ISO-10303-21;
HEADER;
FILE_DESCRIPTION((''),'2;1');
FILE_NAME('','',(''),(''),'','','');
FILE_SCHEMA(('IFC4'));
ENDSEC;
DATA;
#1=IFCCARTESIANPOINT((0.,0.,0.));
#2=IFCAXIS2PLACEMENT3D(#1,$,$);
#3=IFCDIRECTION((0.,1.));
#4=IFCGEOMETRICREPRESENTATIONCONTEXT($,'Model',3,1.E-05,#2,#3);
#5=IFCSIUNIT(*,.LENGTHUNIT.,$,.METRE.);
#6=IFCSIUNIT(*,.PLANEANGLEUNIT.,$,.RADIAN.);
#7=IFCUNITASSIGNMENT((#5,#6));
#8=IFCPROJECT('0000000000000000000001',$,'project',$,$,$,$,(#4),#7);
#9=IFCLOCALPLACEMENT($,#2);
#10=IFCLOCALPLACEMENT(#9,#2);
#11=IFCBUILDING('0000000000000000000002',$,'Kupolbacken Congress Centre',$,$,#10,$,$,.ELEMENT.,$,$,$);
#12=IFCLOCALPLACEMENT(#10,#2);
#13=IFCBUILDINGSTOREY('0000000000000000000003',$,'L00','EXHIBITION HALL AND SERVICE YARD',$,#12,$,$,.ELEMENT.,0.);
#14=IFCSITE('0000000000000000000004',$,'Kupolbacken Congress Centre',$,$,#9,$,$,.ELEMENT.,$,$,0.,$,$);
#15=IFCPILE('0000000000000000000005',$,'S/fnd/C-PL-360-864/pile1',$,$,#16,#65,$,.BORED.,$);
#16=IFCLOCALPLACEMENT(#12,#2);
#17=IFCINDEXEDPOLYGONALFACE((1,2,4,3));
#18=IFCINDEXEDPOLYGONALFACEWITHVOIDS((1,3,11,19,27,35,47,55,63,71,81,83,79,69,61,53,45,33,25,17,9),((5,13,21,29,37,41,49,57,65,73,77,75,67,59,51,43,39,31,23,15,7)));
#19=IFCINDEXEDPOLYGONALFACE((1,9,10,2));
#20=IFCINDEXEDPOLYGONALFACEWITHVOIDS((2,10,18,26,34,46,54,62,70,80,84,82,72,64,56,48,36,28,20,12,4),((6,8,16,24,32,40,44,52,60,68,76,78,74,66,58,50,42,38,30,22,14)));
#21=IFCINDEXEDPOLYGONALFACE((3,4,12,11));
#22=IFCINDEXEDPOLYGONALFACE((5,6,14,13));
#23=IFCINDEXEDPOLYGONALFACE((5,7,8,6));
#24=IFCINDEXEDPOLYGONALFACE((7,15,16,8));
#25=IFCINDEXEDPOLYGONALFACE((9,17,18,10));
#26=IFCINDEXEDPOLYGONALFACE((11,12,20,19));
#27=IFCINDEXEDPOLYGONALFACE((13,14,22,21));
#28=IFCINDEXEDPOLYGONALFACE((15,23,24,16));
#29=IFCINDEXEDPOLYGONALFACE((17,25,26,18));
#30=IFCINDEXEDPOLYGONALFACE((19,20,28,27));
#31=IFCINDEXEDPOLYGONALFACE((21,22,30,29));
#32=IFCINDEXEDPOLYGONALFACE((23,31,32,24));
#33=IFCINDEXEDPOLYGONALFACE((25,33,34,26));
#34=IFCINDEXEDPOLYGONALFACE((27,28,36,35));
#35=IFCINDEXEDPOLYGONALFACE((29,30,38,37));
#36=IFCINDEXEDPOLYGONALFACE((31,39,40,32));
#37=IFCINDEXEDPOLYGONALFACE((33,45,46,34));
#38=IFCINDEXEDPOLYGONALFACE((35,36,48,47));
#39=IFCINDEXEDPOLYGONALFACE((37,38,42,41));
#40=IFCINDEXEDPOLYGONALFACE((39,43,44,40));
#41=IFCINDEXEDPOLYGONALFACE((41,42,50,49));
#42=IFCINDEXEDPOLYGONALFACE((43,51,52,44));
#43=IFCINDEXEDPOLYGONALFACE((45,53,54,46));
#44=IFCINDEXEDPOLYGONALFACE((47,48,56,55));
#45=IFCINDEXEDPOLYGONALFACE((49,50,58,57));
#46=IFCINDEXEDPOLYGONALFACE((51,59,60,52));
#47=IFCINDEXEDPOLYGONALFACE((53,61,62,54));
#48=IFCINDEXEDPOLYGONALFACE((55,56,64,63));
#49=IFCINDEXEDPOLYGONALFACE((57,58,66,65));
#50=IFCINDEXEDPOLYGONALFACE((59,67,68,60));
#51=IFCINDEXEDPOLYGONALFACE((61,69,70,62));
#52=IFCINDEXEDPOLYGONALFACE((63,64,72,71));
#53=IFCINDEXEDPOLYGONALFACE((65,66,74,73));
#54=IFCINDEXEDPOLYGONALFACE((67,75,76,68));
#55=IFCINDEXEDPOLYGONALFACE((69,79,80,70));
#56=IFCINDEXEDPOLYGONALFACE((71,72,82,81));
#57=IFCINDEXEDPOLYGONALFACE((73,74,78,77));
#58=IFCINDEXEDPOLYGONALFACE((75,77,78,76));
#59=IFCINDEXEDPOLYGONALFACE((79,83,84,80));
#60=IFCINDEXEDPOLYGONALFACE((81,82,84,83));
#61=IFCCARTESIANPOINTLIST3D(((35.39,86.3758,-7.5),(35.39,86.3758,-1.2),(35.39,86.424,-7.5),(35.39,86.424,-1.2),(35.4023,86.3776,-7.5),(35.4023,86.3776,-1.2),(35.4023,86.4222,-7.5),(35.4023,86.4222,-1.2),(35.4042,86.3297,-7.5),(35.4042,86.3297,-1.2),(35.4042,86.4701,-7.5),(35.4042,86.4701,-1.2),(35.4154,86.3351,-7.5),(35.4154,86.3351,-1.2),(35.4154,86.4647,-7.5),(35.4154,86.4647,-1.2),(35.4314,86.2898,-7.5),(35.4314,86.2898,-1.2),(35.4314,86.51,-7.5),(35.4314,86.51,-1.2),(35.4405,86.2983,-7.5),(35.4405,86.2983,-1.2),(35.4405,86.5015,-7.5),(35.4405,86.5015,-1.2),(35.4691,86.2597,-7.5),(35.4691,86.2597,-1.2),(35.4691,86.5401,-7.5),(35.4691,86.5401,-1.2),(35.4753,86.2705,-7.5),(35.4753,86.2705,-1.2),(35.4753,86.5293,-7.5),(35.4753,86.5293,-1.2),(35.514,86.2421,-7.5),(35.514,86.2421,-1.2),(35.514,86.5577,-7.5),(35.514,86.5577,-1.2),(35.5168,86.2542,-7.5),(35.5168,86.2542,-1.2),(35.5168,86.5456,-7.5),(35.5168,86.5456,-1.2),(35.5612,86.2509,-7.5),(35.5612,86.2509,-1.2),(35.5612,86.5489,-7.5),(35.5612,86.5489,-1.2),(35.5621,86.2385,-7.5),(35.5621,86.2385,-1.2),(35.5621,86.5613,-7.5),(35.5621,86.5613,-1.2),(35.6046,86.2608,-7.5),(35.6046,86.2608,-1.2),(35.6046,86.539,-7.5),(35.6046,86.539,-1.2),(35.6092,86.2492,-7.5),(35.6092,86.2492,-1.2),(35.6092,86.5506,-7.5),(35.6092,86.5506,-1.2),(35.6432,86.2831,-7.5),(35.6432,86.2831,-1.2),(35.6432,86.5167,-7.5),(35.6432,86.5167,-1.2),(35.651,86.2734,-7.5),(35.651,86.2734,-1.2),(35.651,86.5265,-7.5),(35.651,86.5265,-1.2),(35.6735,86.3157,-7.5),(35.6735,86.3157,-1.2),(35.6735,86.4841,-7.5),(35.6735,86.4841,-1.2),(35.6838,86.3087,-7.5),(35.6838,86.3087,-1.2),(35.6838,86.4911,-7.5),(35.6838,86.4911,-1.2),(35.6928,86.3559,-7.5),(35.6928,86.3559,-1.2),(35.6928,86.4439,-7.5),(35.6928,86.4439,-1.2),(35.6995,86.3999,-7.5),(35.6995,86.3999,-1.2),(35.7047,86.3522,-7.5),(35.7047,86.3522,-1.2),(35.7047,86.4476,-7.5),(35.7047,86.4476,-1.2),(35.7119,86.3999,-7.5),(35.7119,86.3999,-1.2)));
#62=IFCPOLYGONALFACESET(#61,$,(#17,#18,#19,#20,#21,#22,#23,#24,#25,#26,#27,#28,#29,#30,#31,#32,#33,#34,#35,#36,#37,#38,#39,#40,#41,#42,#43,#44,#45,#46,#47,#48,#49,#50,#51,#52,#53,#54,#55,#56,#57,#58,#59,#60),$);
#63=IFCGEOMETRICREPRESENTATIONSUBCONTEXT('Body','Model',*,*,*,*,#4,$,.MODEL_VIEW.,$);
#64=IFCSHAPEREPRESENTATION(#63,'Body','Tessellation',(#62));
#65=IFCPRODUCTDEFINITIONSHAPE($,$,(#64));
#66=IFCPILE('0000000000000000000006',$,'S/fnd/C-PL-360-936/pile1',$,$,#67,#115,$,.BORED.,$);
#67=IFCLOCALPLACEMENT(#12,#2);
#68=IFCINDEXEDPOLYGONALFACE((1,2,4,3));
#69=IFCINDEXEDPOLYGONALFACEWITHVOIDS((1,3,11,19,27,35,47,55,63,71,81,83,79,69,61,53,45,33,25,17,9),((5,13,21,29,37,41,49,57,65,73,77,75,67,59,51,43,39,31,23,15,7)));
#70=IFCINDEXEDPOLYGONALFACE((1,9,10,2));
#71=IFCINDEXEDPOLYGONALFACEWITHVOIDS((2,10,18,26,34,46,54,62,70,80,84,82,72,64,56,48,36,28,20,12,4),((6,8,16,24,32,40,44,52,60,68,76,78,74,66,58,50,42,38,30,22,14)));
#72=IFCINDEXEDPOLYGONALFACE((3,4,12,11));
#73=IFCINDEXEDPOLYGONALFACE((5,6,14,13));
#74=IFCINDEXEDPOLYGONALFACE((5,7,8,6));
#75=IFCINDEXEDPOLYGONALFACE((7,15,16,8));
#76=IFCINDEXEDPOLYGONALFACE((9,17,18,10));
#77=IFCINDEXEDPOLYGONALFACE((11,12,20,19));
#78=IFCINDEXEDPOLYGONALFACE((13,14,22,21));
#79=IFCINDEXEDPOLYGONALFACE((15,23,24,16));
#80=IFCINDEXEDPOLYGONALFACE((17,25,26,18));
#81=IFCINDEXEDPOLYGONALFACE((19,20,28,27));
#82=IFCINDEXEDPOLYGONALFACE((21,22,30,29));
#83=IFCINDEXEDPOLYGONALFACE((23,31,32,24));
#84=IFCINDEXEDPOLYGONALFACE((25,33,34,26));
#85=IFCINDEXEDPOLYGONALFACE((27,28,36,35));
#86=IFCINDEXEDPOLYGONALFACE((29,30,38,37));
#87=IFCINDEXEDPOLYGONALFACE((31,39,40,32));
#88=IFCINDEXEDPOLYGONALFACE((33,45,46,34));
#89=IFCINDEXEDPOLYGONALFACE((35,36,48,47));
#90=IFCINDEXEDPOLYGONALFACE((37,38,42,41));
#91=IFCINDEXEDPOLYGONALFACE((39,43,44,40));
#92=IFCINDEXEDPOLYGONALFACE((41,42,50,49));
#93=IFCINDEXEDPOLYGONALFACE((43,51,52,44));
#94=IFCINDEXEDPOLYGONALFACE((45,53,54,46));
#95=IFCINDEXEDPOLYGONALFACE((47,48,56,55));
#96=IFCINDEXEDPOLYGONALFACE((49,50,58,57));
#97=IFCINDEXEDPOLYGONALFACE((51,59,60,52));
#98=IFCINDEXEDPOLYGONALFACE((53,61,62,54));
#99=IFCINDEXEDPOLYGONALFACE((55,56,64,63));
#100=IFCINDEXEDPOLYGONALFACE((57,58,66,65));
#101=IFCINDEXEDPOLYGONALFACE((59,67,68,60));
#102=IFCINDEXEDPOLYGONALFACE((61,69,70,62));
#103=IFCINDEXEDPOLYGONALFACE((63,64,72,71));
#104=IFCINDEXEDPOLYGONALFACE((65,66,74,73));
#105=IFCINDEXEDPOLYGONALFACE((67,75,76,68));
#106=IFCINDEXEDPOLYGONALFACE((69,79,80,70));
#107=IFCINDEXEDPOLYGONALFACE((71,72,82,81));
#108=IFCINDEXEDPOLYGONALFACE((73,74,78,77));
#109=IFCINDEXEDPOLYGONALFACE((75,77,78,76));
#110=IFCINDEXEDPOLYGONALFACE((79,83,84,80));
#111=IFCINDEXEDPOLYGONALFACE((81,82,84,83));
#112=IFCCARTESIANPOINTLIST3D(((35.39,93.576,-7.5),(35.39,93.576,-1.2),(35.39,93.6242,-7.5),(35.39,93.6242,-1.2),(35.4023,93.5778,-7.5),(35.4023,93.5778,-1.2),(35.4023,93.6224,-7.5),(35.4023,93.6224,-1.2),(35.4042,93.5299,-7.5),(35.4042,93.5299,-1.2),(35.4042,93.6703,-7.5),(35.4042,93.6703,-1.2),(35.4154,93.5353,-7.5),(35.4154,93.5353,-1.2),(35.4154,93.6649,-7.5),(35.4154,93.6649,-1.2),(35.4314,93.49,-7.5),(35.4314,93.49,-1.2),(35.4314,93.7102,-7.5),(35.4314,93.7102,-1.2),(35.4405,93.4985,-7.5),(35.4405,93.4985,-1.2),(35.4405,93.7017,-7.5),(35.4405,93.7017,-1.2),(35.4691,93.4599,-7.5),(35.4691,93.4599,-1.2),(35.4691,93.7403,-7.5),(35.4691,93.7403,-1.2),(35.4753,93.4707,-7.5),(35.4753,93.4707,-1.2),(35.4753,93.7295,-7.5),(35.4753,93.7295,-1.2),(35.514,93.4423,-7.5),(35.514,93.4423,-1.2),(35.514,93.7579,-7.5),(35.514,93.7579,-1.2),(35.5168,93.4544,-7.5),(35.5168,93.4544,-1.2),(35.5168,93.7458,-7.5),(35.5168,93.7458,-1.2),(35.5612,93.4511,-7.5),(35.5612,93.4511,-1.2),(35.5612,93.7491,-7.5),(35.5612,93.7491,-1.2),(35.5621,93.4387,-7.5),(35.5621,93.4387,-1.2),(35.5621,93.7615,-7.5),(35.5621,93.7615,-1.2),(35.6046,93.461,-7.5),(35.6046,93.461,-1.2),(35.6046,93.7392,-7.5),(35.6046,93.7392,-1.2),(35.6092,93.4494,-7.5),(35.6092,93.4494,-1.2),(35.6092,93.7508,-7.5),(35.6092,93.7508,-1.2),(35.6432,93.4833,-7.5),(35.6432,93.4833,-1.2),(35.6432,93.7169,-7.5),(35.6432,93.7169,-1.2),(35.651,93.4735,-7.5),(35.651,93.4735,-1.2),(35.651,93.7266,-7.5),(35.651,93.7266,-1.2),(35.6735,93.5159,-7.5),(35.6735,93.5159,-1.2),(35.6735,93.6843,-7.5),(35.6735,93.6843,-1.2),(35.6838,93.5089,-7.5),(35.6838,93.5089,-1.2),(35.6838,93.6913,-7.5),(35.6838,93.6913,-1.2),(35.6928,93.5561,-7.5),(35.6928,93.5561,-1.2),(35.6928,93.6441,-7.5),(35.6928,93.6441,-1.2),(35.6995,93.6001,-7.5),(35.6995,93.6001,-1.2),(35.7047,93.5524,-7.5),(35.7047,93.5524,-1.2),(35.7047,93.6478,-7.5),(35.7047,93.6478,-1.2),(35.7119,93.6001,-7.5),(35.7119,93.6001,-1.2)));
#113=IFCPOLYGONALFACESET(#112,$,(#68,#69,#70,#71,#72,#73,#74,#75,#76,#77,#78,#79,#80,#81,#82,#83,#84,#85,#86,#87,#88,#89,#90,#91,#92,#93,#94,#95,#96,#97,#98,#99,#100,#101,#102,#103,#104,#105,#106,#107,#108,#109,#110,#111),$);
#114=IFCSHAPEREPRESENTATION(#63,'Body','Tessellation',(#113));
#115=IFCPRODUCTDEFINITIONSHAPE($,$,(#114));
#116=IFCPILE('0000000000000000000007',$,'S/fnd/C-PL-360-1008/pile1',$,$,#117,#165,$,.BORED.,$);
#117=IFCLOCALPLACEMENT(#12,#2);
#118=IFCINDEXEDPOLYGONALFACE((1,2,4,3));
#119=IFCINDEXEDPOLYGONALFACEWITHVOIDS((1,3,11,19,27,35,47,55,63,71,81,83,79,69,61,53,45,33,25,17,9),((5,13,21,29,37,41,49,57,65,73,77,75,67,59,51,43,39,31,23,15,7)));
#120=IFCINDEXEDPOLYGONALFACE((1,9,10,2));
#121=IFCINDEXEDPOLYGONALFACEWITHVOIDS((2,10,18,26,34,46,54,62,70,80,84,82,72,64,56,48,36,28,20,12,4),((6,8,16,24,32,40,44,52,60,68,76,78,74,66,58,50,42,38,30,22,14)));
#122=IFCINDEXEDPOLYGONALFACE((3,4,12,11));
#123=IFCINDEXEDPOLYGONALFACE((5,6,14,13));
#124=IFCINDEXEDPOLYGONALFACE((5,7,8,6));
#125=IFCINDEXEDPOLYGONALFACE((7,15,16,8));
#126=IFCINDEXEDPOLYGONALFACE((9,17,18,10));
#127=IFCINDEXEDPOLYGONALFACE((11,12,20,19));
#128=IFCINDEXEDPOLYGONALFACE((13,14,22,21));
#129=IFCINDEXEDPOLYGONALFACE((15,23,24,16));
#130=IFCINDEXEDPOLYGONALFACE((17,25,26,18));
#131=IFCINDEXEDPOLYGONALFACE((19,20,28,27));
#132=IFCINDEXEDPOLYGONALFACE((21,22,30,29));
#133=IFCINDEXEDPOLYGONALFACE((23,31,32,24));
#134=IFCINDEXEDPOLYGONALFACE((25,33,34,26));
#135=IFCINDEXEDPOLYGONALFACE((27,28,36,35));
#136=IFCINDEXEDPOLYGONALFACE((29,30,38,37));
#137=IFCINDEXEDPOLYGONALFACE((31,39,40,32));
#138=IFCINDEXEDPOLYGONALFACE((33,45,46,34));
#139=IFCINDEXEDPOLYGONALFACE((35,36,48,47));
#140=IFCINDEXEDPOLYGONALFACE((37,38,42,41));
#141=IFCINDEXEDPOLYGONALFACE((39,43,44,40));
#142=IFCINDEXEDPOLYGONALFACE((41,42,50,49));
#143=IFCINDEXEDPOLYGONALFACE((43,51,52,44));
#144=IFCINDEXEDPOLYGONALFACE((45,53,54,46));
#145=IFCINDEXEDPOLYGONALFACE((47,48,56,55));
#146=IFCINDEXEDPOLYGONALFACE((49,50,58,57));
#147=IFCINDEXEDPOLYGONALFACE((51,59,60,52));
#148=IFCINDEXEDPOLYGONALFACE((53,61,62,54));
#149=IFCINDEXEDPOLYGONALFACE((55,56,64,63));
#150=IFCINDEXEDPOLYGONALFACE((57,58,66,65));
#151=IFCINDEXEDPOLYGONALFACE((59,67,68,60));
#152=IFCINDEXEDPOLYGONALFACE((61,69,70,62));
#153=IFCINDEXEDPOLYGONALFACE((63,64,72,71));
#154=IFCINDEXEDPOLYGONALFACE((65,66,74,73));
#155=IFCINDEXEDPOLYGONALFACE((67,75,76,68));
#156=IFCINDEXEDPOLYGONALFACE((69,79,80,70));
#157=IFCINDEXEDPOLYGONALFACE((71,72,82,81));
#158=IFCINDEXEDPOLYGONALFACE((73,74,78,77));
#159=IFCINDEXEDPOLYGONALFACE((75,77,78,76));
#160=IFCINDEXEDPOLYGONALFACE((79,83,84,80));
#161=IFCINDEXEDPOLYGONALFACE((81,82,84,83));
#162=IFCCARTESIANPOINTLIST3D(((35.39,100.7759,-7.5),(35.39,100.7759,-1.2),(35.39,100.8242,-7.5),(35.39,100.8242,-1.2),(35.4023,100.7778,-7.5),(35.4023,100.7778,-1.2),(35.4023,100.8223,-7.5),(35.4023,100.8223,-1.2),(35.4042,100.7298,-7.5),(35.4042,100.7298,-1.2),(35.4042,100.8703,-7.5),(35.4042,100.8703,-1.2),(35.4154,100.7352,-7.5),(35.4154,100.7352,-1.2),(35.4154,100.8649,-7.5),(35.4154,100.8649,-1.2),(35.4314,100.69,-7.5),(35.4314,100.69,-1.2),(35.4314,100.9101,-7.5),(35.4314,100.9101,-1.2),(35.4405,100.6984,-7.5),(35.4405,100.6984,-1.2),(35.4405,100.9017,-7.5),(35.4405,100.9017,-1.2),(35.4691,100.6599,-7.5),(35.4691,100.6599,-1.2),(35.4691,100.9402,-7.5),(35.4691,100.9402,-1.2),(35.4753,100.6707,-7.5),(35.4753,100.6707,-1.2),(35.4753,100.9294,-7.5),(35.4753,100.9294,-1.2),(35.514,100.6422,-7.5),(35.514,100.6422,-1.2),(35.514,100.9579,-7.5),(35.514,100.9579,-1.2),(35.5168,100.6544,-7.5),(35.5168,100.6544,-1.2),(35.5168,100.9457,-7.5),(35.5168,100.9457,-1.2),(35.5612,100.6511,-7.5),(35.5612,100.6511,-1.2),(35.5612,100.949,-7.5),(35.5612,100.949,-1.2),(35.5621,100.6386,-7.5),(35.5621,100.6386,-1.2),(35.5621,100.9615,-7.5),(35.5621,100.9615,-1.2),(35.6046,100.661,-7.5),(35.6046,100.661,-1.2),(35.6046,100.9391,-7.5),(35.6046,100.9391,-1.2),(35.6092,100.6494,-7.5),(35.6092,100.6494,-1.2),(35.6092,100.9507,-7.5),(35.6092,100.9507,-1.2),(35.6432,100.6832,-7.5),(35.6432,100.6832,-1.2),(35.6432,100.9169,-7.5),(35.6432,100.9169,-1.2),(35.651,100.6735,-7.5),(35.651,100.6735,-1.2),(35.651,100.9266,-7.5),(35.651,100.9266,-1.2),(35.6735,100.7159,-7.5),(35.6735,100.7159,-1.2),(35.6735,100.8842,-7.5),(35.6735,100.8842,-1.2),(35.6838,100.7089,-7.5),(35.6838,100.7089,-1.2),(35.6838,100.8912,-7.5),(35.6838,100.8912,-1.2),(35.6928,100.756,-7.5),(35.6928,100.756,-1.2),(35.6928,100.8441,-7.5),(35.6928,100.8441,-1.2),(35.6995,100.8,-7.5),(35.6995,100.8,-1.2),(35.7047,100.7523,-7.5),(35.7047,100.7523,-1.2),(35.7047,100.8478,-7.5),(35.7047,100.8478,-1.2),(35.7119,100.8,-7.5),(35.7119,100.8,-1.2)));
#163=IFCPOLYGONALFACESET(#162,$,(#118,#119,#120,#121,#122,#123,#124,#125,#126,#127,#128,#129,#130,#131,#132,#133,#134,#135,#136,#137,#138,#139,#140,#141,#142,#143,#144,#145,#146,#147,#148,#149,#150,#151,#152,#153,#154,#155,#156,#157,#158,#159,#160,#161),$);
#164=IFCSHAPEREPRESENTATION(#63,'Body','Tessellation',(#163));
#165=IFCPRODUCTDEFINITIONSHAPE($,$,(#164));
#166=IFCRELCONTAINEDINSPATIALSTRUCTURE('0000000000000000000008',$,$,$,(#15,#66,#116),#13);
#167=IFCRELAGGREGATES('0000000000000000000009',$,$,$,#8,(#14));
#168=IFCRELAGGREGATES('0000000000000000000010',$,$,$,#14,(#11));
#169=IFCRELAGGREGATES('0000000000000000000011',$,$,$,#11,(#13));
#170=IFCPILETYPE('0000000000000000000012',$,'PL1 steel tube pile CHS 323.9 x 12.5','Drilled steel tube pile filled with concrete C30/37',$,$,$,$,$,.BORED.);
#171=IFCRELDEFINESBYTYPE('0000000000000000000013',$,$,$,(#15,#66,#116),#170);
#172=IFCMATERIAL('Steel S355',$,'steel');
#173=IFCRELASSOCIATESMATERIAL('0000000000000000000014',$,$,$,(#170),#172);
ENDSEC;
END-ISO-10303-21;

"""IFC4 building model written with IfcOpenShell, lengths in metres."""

from ifc_helpers import new_model, si_unit, direction, frame, origin, origin_2d, place, context, subcontext, project, spatial, hollow_circle, extrude, material, material_profile, profile_set, type_object, element, save


model = new_model("IFC4")

# Units and contexts
model_context = context("Model", 3, precision=1e-05, world=origin(), true_north=direction((0.0, 1.0)))
body_context = subcontext(model_context, "Body", "Model", "MODEL_VIEW")
ifc_project = project(units=[si_unit("LENGTHUNIT", "METRE"), si_unit("PLANEANGLEUNIT", "RADIAN")], contexts=[model_context])

# Site, building, storey
site_placement = place(None, origin())
site = spatial("IfcSite", under=ifc_project, at=site_placement, Name="Kupolbacken Congress Centre", CompositionType="ELEMENT", RefElevation=0.0)
building_placement = place(site_placement, origin())
building = spatial("IfcBuilding", under=site, at=building_placement, Name="Kupolbacken Congress Centre", CompositionType="ELEMENT")
storey_placement = place(building_placement, origin())
storey = spatial("IfcBuildingStorey", under=building, at=storey_placement, Name="L00", Description="EXHIBITION HALL AND SERVICE YARD", CompositionType="ELEMENT", Elevation=0.0)

# Piles
ifc_material_1 = material(Name="Steel S355", Category="steel")
ifc_material_profile_1 = material_profile(ifc_material_1, hollow_circle(Radius=0.1619, WallThickness=0.0125, at=origin_2d()), Name="CHS 323.9 x 12.5")
ifc_profile_set_1 = profile_set([ifc_material_profile_1], Name="Steel S355")
pile_type = type_object("IfcPileType", Name="PL1 steel tube pile CHS 323.9 x 12.5", Description="Drilled steel tube pile filled with concrete C30/37", PredefinedType="BORED", material=ifc_profile_set_1)
for number, where, z_axis, x_axis, name in (
    (1, (35.55, 86.3999, -1.2), (0.0, 0.0, -1.0), (1.0, 0.0, 0.0), "S/fnd/C-PL-360-864/pile1"),
    (2, (35.55, 93.6001, -1.2), (0.0, 0.0, -1.0), (1.0, 0.0, 0.0), "S/fnd/C-PL-360-936/pile1"),
    (3, (35.55, 100.8, -1.2), (0.0, 0.0, -1.0), (1.0, 0.0, 0.0), "S/fnd/C-PL-360-1008/pile1"),
):
    element("IfcPile", number, at=place(storey_placement, frame(where, z_axis=z_axis, x_axis=x_axis)), inside=storey, type_object=pile_type, Name=name, PredefinedType="BORED", context=body_context, shape_type="SweptSolid", body=[
        extrude(hollow_circle(Radius=0.1619, WallThickness=0.0125, at=origin_2d()), origin(), (0.0, 0.0, 1.0), 6.3),
    ])

save(model, "model.ifc")
